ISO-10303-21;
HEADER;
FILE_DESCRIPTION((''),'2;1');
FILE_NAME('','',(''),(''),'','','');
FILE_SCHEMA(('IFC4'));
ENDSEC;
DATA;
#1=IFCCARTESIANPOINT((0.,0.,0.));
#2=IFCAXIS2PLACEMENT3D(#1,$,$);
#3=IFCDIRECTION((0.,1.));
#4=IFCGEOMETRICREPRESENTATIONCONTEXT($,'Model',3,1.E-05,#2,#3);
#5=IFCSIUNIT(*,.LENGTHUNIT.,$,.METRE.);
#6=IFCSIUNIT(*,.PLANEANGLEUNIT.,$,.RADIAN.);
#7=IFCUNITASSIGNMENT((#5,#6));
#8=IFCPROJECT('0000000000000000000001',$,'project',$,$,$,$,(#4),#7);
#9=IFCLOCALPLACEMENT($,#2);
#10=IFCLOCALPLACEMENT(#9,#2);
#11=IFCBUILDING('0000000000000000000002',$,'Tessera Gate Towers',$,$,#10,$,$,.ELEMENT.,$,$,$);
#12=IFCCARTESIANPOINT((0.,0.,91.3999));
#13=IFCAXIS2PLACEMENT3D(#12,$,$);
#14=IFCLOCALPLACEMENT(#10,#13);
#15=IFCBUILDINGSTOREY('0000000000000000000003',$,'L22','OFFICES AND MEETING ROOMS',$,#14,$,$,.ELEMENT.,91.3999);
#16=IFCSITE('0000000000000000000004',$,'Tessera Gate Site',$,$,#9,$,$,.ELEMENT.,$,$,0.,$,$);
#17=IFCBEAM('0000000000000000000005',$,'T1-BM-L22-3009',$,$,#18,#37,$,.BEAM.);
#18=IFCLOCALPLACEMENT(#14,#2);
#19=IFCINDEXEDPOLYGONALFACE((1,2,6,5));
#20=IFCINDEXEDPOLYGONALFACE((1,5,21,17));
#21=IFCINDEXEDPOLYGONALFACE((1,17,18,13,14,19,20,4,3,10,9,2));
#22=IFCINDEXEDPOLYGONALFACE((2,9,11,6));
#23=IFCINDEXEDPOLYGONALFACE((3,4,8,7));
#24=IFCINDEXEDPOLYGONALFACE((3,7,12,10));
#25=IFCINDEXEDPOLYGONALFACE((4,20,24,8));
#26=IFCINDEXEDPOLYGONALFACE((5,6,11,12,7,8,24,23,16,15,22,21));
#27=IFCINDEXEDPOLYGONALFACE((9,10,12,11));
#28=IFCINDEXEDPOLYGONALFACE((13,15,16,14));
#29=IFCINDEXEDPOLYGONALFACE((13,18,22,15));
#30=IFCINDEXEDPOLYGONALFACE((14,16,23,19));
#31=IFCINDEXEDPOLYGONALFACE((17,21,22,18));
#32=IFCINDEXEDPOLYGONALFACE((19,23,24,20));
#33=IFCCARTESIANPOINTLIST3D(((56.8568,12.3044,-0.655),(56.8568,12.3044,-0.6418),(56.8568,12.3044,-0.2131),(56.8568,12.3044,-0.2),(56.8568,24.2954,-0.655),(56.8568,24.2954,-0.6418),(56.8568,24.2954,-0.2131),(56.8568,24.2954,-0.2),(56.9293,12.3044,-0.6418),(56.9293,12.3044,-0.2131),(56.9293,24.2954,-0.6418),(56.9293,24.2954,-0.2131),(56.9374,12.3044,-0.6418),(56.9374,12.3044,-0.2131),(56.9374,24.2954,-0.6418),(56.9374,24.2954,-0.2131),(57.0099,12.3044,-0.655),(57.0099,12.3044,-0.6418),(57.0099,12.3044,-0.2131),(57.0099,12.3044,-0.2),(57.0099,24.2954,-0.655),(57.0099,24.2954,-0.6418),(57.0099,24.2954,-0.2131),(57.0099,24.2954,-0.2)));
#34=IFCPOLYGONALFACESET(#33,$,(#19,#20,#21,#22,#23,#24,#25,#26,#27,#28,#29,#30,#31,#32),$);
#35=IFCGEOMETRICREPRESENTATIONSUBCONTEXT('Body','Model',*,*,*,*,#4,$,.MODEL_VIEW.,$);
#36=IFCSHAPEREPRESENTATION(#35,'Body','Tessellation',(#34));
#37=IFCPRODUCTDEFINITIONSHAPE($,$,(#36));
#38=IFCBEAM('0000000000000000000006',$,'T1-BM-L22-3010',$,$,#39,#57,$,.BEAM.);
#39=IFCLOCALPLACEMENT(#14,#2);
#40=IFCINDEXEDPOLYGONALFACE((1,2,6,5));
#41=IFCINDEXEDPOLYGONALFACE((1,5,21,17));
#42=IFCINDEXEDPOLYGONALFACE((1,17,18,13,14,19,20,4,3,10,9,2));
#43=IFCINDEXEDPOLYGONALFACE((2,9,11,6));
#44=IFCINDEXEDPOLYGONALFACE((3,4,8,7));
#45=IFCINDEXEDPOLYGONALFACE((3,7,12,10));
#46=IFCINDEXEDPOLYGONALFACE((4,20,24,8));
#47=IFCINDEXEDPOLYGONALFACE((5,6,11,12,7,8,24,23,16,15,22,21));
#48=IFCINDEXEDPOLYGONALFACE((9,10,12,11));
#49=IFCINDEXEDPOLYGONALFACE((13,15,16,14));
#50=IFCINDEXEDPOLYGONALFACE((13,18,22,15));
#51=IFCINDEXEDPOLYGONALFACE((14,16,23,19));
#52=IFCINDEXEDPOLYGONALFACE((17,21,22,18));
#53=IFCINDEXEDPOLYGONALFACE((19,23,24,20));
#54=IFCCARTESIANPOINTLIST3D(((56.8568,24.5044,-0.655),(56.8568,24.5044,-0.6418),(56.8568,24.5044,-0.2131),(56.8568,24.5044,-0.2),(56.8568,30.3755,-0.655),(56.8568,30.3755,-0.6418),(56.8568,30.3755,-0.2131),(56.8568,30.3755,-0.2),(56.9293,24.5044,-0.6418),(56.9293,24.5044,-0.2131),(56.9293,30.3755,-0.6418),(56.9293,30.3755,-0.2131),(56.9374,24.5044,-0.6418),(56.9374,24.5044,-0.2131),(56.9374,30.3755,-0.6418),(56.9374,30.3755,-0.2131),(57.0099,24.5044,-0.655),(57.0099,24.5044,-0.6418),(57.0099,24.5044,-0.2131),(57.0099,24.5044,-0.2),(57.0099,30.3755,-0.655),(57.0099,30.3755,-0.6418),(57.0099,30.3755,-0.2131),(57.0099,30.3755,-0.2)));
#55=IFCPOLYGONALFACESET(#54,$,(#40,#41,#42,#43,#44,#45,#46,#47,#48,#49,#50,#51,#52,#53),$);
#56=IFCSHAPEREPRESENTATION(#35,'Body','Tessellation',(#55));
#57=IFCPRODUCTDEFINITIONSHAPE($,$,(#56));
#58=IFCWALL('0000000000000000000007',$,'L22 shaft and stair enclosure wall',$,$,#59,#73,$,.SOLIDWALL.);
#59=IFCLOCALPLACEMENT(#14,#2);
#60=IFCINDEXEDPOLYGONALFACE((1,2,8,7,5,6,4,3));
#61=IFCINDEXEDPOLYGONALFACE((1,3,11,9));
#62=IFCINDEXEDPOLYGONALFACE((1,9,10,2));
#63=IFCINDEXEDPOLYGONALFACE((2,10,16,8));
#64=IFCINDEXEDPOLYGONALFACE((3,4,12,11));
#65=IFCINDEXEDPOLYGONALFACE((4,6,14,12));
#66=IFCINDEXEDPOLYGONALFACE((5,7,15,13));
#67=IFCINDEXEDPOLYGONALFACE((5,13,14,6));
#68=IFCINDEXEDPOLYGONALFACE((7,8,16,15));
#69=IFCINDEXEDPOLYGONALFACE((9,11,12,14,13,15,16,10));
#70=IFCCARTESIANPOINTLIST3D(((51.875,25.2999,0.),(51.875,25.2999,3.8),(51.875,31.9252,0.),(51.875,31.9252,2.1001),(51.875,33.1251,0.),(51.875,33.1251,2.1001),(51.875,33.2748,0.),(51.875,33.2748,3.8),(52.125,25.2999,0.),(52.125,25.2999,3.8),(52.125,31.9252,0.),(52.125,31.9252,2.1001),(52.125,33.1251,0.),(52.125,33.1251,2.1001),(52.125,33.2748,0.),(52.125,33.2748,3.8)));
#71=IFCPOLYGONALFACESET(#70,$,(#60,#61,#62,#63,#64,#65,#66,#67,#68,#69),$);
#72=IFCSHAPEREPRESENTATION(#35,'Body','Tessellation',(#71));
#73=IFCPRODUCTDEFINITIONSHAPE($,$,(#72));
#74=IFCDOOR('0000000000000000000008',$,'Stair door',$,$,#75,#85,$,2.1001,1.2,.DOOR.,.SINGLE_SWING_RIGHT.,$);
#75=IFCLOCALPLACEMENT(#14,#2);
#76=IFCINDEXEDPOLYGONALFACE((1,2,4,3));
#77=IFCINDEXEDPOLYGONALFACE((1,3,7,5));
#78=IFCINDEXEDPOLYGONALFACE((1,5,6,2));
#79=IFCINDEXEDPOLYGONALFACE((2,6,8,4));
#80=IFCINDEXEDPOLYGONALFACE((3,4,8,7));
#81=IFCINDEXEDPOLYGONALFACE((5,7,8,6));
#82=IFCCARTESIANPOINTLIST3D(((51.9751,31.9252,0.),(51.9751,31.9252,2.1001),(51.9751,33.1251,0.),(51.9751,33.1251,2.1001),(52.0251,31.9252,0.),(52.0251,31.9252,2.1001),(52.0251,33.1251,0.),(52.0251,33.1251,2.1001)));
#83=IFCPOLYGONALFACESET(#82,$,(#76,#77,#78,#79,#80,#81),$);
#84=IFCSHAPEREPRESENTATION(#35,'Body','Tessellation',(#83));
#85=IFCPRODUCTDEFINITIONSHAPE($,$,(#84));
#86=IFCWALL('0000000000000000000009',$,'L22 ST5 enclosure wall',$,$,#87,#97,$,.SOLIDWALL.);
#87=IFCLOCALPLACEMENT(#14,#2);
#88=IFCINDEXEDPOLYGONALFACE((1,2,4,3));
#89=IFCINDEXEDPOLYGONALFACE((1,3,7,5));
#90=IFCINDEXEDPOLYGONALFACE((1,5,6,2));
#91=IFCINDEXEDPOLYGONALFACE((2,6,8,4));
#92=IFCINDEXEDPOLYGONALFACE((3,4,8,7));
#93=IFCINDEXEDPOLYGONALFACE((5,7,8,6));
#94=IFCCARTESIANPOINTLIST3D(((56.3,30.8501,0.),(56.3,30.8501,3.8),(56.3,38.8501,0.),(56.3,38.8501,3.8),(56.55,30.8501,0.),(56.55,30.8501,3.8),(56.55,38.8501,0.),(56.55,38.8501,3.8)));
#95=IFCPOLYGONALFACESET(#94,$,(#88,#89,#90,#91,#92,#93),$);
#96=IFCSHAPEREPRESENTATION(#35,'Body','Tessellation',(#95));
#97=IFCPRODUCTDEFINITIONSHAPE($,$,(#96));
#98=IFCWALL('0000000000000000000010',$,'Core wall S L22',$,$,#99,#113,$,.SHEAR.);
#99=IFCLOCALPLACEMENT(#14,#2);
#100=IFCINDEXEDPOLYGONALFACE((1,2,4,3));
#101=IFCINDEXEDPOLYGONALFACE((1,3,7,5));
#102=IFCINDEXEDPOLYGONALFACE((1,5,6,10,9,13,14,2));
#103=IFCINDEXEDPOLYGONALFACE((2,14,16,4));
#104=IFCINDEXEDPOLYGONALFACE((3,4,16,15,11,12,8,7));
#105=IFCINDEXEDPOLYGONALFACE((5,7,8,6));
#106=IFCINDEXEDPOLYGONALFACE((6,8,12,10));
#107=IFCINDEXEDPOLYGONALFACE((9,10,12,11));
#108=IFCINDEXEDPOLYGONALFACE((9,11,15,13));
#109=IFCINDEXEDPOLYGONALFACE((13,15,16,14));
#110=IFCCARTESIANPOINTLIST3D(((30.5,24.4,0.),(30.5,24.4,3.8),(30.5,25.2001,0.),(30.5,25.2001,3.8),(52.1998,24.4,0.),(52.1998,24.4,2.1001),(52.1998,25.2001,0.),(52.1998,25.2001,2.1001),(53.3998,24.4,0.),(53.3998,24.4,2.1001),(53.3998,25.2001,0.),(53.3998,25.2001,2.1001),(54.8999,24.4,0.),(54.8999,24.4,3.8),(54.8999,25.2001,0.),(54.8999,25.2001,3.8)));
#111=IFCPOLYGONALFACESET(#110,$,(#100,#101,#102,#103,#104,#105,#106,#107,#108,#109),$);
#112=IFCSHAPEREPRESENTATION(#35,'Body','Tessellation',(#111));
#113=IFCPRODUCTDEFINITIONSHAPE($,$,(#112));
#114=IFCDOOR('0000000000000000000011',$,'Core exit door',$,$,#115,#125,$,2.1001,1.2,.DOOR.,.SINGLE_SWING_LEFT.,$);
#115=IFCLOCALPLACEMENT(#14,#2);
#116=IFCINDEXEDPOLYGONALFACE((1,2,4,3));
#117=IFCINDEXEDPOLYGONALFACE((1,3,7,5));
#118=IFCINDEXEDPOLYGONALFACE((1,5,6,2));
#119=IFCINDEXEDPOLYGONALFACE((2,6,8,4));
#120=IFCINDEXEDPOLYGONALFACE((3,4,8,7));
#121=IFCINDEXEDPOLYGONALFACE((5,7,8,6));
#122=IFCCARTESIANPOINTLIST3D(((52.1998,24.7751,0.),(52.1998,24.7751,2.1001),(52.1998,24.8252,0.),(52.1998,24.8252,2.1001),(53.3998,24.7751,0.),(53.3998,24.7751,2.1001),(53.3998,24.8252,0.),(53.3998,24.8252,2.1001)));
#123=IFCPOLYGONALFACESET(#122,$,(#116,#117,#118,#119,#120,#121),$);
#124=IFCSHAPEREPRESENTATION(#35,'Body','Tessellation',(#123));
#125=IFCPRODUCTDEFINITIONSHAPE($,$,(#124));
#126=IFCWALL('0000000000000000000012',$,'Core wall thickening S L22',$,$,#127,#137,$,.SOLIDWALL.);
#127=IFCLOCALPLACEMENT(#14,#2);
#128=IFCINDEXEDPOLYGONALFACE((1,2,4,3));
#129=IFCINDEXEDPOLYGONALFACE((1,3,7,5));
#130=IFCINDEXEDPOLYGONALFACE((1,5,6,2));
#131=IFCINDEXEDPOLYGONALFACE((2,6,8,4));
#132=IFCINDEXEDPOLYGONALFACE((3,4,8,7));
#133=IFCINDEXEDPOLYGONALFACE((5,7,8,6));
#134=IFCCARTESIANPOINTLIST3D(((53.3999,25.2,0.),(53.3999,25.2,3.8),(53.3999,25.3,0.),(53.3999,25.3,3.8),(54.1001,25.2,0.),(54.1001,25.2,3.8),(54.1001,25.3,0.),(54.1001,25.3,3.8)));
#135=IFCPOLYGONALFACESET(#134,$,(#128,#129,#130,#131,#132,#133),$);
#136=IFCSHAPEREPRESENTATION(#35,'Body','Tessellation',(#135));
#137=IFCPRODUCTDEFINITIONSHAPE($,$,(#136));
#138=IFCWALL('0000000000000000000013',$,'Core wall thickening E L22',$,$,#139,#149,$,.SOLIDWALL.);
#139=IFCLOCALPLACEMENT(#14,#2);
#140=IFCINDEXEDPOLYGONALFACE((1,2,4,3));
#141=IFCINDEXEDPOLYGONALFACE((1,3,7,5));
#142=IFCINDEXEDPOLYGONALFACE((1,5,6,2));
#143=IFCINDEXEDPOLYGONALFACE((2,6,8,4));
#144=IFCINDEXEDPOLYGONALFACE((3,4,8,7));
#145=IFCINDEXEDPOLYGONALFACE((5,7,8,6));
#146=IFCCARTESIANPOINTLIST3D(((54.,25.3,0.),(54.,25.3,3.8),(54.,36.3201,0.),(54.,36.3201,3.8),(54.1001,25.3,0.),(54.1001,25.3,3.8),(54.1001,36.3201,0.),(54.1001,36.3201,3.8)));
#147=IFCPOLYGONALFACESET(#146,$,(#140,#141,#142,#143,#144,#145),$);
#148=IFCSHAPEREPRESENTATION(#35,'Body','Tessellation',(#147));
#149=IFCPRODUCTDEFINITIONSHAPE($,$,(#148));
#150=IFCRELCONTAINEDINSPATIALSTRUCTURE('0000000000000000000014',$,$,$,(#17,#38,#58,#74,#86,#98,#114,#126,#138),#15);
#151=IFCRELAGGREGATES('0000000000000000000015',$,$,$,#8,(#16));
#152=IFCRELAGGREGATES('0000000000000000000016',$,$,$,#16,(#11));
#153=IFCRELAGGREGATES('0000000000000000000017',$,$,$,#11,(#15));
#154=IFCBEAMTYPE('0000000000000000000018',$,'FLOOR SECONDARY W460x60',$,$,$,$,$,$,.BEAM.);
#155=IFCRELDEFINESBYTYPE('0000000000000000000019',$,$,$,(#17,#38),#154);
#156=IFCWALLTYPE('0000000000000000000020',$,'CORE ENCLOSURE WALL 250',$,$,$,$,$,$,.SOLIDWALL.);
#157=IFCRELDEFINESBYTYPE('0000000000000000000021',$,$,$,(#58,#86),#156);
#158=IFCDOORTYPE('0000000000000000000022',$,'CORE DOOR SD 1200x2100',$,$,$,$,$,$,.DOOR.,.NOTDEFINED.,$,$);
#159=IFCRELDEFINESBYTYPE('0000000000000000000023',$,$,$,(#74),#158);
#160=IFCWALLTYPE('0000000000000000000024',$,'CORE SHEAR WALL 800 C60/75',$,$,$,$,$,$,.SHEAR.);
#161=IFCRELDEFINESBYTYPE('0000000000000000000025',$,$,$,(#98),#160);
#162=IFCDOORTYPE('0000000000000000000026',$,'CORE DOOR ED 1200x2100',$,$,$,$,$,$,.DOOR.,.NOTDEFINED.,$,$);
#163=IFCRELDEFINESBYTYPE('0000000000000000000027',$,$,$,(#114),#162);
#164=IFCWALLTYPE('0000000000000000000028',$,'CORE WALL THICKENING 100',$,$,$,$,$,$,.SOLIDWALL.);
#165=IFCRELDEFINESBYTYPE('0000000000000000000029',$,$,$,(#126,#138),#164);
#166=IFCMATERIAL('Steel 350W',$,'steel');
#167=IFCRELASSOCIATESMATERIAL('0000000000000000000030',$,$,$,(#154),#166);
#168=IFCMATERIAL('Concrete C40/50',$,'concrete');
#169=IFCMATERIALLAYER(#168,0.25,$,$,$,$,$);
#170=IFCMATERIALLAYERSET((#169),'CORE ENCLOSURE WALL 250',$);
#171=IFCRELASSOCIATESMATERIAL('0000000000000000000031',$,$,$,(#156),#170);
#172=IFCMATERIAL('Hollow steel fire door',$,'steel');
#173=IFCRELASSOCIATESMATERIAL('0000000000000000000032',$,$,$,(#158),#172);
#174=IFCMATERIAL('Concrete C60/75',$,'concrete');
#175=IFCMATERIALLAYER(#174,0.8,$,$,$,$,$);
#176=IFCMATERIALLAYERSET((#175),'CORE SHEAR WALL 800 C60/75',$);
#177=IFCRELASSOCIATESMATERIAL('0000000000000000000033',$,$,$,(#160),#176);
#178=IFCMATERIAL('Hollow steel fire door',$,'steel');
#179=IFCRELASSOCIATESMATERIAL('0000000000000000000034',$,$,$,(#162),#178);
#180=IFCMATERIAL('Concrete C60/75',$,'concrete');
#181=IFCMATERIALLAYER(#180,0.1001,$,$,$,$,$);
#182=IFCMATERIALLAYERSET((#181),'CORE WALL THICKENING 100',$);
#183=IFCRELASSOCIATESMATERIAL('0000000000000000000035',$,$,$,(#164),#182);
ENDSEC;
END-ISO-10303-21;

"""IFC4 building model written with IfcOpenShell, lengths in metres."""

from ifc_helpers import new_model, si_unit, direction, frame, frame_2d, origin, origin_2d, place, context, subcontext, project, spatial, rectangle, i_section, extrude, source, transform, mapped, material, layer, layer_set, material_profile, profile_set, type_object, element, fill, save


model = new_model("IFC4")

# Units and contexts
model_context = context("Model", 3, precision=1e-05, world=origin(), true_north=direction((0.0, 1.0)))
body_context = subcontext(model_context, "Body", "Model", "MODEL_VIEW")
ifc_project = project(units=[si_unit("LENGTHUNIT", "METRE"), si_unit("PLANEANGLEUNIT", "RADIAN")], contexts=[model_context])

# Site, building, storey
site_placement = place(None, origin())
site = spatial("IfcSite", under=ifc_project, at=site_placement, Name="Tessera Gate Site", CompositionType="ELEMENT", RefElevation=0.0)
building_placement = place(site_placement, origin())
building = spatial("IfcBuilding", under=site, at=building_placement, Name="Tessera Gate Towers", CompositionType="ELEMENT")
storey_placement = place(building_placement, frame((0.0, 0.0, 91.3999)))
storey = spatial("IfcBuildingStorey", under=building, at=storey_placement, Name="L22", Description="OFFICES AND MEETING ROOMS", CompositionType="ELEMENT", Elevation=91.3999)

# Beams
ifc_material_1 = material(Name="Steel 350W", Category="steel")
ifc_material_profile_1 = material_profile(ifc_material_1, i_section(OverallWidth=0.1531, OverallDepth=0.4551, WebThickness=0.0081, FlangeThickness=0.0132, at=origin_2d()), Name="W460x60")
ifc_profile_set_1 = profile_set([ifc_material_profile_1], Name="Steel 350W")
beam_type_1 = type_object("IfcBeamType", Name="FLOOR SECONDARY W460x60", PredefinedType="BEAM", material=ifc_profile_set_1)
beam_1_placement = place(storey_placement, frame((56.9333, 12.3044, -0.4275), z_axis=(0.0, 1.0, 0.0), x_axis=(-1.0, 0.0, 0.0)))
element("IfcBeam", 1, at=beam_1_placement, inside=storey, type_object=beam_type_1, Name="T1-BM-L22-3009", PredefinedType="BEAM", context=body_context, shape_type="SweptSolid", body=[
    extrude(i_section(OverallWidth=0.1531, OverallDepth=0.4551, WebThickness=0.0081, FlangeThickness=0.0132, at=origin_2d()), origin(), (0.0, 0.0, 1.0), 11.991),
])
beam_2_placement = place(storey_placement, frame((56.9333, 24.5044, -0.4275), z_axis=(0.0, 1.0, 0.0), x_axis=(-1.0, 0.0, 0.0)))
element("IfcBeam", 2, at=beam_2_placement, inside=storey, type_object=beam_type_1, Name="T1-BM-L22-3010", PredefinedType="BEAM", context=body_context, shape_type="SweptSolid", body=[
    extrude(i_section(OverallWidth=0.1531, OverallDepth=0.4551, WebThickness=0.0081, FlangeThickness=0.0132, at=origin_2d()), origin(), (0.0, 0.0, 1.0), 5.8711),
])

# Wall, opening, door
ifc_material_2 = material(Name="Concrete C40/50", Category="concrete")
ifc_layer_1 = layer(ifc_material_2, 0.25)
ifc_layer_set_1 = layer_set([ifc_layer_1], Name="CORE ENCLOSURE WALL 250")
wall_type_1 = type_object("IfcWallType", Name="CORE ENCLOSURE WALL 250", PredefinedType="SOLIDWALL", material=ifc_layer_set_1)
wall_1_placement = place(storey_placement, frame((52.0, 25.3, 0.0), z_axis=(0.0, 0.0, 1.0), x_axis=(0.0, 1.0, 0.0)))
wall_1 = element("IfcWall", 3, at=wall_1_placement, inside=storey, type_object=wall_type_1, Name="L22 shaft and stair enclosure wall", PredefinedType="SOLIDWALL", context=body_context, shape_type="SweptSolid", body=[
    extrude(rectangle(XDim=7.9749, YDim=0.25, at=frame_2d((3.9873, 0.0))), origin(), (0.0, 0.0, 1.0), 3.8),
])
shared_shape_1 = source(origin(), body_context, "Body", "SweptSolid", [
    extrude(rectangle(XDim=1.2, YDim=2.1001, at=frame_2d((0.6001, 1.05))), frame((0.0, 0.135, 0.0), z_axis=(0.0, -1.0, 0.0), x_axis=(1.0, 0.0, 0.0)), (0.0, 0.0, 1.0), 0.27),
])
opening_1_placement = place(wall_1_placement, frame((6.625, 0.0, 0.0)))
opening_1 = element("IfcOpeningElement", 4, at=opening_1_placement, cuts=wall_1, PredefinedType="OPENING", context=body_context, shape_type="MappedRepresentation", body=[
    mapped(shared_shape_1, transform((0.0, 0.0, 0.0), scale=1.0)),
])
ifc_material_3 = material(Name="Hollow steel fire door", Category="steel")
door_type_1 = type_object("IfcDoorType", Name="CORE DOOR SD 1200x2100", OperationType="NOTDEFINED", PredefinedType="DOOR", material=ifc_material_3)
shared_shape_2 = source(origin(), body_context, "Body", "SweptSolid", [
    extrude(rectangle(XDim=1.2, YDim=2.1001, at=frame_2d((0.6001, 1.05))), frame((0.0, 0.0249, 0.0), z_axis=(0.0, -1.0, 0.0), x_axis=(1.0, 0.0, 0.0)), (0.0, 0.0, 1.0), 0.05),
])
door_1_placement = place(opening_1_placement, origin())
door_1 = element("IfcDoor", 5, at=door_1_placement, inside=storey, type_object=door_type_1, Name="Stair door", OperationType="SINGLE_SWING_RIGHT", OverallHeight=2.1001, OverallWidth=1.2, PredefinedType="DOOR", context=body_context, shape_type="MappedRepresentation", body=[
    mapped(shared_shape_2, transform((0.0, 0.0, 0.0), scale=1.0)),
])
fill(opening_1, door_1)

# Wall
wall_2_placement = place(storey_placement, frame((56.425, 30.8501, 0.0), z_axis=(0.0, 0.0, 1.0), x_axis=(0.0, 1.0, 0.0)))
element("IfcWall", 6, at=wall_2_placement, inside=storey, type_object=wall_type_1, Name="L22 ST5 enclosure wall", PredefinedType="SOLIDWALL", context=body_context, shape_type="SweptSolid", body=[
    extrude(rectangle(XDim=8.0, YDim=0.25, at=frame_2d((4.0, 0.0))), origin(), (0.0, 0.0, 1.0), 3.8),
])

# Wall, opening, door
ifc_material_4 = material(Name="Concrete C60/75", Category="concrete")
ifc_layer_2 = layer(ifc_material_4, 0.8)
ifc_layer_set_2 = layer_set([ifc_layer_2], Name="CORE SHEAR WALL 800 C60/75")
wall_type_2 = type_object("IfcWallType", Name="CORE SHEAR WALL 800 C60/75", PredefinedType="SHEAR", material=ifc_layer_set_2)
wall_3_placement = place(storey_placement, frame((54.8999, 24.8, 0.0), z_axis=(0.0, 0.0, 1.0), x_axis=(-1.0, 0.0, 0.0)))
wall_3 = element("IfcWall", 7, at=wall_3_placement, inside=storey, type_object=wall_type_2, Name="Core wall S L22", PredefinedType="SHEAR", context=body_context, shape_type="SweptSolid", body=[
    extrude(rectangle(XDim=24.3999, YDim=0.8, at=frame_2d((12.2, 0.0))), origin(), (0.0, 0.0, 1.0), 3.8),
])
shared_shape_3 = source(origin(), body_context, "Body", "SweptSolid", [
    extrude(rectangle(XDim=1.2, YDim=2.1001, at=frame_2d((0.6001, 1.05))), frame((0.0, 0.4099, 0.0), z_axis=(0.0, -1.0, 0.0), x_axis=(1.0, 0.0, 0.0)), (0.0, 0.0, 1.0), 0.8201),
])
opening_2_placement = place(wall_3_placement, frame((1.5, 0.0, 0.0)))
opening_2 = element("IfcOpeningElement", 8, at=opening_2_placement, cuts=wall_3, PredefinedType="OPENING", context=body_context, shape_type="MappedRepresentation", body=[
    mapped(shared_shape_3, transform((0.0, 0.0, 0.0), scale=1.0)),
])
ifc_material_5 = material(Name="Hollow steel fire door", Category="steel")
door_type_2 = type_object("IfcDoorType", Name="CORE DOOR ED 1200x2100", OperationType="NOTDEFINED", PredefinedType="DOOR", material=ifc_material_5)
door_2_placement = place(opening_2_placement, origin())
door_2 = element("IfcDoor", 9, at=door_2_placement, inside=storey, type_object=door_type_2, Name="Core exit door", OperationType="SINGLE_SWING_LEFT", OverallHeight=2.1001, OverallWidth=1.2, PredefinedType="DOOR", context=body_context, shape_type="MappedRepresentation", body=[
    mapped(shared_shape_2, transform((0.0, 0.0, 0.0), scale=1.0)),
])
fill(opening_2, door_2)

# Walls
ifc_material_6 = material(Name="Concrete C60/75", Category="concrete")
ifc_layer_3 = layer(ifc_material_6, 0.1001)
ifc_layer_set_3 = layer_set([ifc_layer_3], Name="CORE WALL THICKENING 100")
wall_type_3 = type_object("IfcWallType", Name="CORE WALL THICKENING 100", PredefinedType="SOLIDWALL", material=ifc_layer_set_3)
wall_4_placement = place(storey_placement, frame((53.3999, 25.25, 0.0), z_axis=(0.0, 0.0, 1.0), x_axis=(1.0, 0.0, 0.0)))
element("IfcWall", 10, at=wall_4_placement, inside=storey, type_object=wall_type_3, Name="Core wall thickening S L22", PredefinedType="SOLIDWALL", context=body_context, shape_type="SweptSolid", body=[
    extrude(rectangle(XDim=0.7002, YDim=0.1001, at=frame_2d((0.3501, 0.0))), origin(), (0.0, 0.0, 1.0), 3.8),
])
wall_5_placement = place(storey_placement, frame((54.05, 25.3, 0.0), z_axis=(0.0, 0.0, 1.0), x_axis=(0.0, 1.0, 0.0)))
element("IfcWall", 11, at=wall_5_placement, inside=storey, type_object=wall_type_3, Name="Core wall thickening E L22", PredefinedType="SOLIDWALL", context=body_context, shape_type="SweptSolid", body=[
    extrude(rectangle(XDim=11.02, YDim=0.1001, at=frame_2d((5.51, 0.0))), origin(), (0.0, 0.0, 1.0), 3.8),
])

save(model, "model.ifc")
